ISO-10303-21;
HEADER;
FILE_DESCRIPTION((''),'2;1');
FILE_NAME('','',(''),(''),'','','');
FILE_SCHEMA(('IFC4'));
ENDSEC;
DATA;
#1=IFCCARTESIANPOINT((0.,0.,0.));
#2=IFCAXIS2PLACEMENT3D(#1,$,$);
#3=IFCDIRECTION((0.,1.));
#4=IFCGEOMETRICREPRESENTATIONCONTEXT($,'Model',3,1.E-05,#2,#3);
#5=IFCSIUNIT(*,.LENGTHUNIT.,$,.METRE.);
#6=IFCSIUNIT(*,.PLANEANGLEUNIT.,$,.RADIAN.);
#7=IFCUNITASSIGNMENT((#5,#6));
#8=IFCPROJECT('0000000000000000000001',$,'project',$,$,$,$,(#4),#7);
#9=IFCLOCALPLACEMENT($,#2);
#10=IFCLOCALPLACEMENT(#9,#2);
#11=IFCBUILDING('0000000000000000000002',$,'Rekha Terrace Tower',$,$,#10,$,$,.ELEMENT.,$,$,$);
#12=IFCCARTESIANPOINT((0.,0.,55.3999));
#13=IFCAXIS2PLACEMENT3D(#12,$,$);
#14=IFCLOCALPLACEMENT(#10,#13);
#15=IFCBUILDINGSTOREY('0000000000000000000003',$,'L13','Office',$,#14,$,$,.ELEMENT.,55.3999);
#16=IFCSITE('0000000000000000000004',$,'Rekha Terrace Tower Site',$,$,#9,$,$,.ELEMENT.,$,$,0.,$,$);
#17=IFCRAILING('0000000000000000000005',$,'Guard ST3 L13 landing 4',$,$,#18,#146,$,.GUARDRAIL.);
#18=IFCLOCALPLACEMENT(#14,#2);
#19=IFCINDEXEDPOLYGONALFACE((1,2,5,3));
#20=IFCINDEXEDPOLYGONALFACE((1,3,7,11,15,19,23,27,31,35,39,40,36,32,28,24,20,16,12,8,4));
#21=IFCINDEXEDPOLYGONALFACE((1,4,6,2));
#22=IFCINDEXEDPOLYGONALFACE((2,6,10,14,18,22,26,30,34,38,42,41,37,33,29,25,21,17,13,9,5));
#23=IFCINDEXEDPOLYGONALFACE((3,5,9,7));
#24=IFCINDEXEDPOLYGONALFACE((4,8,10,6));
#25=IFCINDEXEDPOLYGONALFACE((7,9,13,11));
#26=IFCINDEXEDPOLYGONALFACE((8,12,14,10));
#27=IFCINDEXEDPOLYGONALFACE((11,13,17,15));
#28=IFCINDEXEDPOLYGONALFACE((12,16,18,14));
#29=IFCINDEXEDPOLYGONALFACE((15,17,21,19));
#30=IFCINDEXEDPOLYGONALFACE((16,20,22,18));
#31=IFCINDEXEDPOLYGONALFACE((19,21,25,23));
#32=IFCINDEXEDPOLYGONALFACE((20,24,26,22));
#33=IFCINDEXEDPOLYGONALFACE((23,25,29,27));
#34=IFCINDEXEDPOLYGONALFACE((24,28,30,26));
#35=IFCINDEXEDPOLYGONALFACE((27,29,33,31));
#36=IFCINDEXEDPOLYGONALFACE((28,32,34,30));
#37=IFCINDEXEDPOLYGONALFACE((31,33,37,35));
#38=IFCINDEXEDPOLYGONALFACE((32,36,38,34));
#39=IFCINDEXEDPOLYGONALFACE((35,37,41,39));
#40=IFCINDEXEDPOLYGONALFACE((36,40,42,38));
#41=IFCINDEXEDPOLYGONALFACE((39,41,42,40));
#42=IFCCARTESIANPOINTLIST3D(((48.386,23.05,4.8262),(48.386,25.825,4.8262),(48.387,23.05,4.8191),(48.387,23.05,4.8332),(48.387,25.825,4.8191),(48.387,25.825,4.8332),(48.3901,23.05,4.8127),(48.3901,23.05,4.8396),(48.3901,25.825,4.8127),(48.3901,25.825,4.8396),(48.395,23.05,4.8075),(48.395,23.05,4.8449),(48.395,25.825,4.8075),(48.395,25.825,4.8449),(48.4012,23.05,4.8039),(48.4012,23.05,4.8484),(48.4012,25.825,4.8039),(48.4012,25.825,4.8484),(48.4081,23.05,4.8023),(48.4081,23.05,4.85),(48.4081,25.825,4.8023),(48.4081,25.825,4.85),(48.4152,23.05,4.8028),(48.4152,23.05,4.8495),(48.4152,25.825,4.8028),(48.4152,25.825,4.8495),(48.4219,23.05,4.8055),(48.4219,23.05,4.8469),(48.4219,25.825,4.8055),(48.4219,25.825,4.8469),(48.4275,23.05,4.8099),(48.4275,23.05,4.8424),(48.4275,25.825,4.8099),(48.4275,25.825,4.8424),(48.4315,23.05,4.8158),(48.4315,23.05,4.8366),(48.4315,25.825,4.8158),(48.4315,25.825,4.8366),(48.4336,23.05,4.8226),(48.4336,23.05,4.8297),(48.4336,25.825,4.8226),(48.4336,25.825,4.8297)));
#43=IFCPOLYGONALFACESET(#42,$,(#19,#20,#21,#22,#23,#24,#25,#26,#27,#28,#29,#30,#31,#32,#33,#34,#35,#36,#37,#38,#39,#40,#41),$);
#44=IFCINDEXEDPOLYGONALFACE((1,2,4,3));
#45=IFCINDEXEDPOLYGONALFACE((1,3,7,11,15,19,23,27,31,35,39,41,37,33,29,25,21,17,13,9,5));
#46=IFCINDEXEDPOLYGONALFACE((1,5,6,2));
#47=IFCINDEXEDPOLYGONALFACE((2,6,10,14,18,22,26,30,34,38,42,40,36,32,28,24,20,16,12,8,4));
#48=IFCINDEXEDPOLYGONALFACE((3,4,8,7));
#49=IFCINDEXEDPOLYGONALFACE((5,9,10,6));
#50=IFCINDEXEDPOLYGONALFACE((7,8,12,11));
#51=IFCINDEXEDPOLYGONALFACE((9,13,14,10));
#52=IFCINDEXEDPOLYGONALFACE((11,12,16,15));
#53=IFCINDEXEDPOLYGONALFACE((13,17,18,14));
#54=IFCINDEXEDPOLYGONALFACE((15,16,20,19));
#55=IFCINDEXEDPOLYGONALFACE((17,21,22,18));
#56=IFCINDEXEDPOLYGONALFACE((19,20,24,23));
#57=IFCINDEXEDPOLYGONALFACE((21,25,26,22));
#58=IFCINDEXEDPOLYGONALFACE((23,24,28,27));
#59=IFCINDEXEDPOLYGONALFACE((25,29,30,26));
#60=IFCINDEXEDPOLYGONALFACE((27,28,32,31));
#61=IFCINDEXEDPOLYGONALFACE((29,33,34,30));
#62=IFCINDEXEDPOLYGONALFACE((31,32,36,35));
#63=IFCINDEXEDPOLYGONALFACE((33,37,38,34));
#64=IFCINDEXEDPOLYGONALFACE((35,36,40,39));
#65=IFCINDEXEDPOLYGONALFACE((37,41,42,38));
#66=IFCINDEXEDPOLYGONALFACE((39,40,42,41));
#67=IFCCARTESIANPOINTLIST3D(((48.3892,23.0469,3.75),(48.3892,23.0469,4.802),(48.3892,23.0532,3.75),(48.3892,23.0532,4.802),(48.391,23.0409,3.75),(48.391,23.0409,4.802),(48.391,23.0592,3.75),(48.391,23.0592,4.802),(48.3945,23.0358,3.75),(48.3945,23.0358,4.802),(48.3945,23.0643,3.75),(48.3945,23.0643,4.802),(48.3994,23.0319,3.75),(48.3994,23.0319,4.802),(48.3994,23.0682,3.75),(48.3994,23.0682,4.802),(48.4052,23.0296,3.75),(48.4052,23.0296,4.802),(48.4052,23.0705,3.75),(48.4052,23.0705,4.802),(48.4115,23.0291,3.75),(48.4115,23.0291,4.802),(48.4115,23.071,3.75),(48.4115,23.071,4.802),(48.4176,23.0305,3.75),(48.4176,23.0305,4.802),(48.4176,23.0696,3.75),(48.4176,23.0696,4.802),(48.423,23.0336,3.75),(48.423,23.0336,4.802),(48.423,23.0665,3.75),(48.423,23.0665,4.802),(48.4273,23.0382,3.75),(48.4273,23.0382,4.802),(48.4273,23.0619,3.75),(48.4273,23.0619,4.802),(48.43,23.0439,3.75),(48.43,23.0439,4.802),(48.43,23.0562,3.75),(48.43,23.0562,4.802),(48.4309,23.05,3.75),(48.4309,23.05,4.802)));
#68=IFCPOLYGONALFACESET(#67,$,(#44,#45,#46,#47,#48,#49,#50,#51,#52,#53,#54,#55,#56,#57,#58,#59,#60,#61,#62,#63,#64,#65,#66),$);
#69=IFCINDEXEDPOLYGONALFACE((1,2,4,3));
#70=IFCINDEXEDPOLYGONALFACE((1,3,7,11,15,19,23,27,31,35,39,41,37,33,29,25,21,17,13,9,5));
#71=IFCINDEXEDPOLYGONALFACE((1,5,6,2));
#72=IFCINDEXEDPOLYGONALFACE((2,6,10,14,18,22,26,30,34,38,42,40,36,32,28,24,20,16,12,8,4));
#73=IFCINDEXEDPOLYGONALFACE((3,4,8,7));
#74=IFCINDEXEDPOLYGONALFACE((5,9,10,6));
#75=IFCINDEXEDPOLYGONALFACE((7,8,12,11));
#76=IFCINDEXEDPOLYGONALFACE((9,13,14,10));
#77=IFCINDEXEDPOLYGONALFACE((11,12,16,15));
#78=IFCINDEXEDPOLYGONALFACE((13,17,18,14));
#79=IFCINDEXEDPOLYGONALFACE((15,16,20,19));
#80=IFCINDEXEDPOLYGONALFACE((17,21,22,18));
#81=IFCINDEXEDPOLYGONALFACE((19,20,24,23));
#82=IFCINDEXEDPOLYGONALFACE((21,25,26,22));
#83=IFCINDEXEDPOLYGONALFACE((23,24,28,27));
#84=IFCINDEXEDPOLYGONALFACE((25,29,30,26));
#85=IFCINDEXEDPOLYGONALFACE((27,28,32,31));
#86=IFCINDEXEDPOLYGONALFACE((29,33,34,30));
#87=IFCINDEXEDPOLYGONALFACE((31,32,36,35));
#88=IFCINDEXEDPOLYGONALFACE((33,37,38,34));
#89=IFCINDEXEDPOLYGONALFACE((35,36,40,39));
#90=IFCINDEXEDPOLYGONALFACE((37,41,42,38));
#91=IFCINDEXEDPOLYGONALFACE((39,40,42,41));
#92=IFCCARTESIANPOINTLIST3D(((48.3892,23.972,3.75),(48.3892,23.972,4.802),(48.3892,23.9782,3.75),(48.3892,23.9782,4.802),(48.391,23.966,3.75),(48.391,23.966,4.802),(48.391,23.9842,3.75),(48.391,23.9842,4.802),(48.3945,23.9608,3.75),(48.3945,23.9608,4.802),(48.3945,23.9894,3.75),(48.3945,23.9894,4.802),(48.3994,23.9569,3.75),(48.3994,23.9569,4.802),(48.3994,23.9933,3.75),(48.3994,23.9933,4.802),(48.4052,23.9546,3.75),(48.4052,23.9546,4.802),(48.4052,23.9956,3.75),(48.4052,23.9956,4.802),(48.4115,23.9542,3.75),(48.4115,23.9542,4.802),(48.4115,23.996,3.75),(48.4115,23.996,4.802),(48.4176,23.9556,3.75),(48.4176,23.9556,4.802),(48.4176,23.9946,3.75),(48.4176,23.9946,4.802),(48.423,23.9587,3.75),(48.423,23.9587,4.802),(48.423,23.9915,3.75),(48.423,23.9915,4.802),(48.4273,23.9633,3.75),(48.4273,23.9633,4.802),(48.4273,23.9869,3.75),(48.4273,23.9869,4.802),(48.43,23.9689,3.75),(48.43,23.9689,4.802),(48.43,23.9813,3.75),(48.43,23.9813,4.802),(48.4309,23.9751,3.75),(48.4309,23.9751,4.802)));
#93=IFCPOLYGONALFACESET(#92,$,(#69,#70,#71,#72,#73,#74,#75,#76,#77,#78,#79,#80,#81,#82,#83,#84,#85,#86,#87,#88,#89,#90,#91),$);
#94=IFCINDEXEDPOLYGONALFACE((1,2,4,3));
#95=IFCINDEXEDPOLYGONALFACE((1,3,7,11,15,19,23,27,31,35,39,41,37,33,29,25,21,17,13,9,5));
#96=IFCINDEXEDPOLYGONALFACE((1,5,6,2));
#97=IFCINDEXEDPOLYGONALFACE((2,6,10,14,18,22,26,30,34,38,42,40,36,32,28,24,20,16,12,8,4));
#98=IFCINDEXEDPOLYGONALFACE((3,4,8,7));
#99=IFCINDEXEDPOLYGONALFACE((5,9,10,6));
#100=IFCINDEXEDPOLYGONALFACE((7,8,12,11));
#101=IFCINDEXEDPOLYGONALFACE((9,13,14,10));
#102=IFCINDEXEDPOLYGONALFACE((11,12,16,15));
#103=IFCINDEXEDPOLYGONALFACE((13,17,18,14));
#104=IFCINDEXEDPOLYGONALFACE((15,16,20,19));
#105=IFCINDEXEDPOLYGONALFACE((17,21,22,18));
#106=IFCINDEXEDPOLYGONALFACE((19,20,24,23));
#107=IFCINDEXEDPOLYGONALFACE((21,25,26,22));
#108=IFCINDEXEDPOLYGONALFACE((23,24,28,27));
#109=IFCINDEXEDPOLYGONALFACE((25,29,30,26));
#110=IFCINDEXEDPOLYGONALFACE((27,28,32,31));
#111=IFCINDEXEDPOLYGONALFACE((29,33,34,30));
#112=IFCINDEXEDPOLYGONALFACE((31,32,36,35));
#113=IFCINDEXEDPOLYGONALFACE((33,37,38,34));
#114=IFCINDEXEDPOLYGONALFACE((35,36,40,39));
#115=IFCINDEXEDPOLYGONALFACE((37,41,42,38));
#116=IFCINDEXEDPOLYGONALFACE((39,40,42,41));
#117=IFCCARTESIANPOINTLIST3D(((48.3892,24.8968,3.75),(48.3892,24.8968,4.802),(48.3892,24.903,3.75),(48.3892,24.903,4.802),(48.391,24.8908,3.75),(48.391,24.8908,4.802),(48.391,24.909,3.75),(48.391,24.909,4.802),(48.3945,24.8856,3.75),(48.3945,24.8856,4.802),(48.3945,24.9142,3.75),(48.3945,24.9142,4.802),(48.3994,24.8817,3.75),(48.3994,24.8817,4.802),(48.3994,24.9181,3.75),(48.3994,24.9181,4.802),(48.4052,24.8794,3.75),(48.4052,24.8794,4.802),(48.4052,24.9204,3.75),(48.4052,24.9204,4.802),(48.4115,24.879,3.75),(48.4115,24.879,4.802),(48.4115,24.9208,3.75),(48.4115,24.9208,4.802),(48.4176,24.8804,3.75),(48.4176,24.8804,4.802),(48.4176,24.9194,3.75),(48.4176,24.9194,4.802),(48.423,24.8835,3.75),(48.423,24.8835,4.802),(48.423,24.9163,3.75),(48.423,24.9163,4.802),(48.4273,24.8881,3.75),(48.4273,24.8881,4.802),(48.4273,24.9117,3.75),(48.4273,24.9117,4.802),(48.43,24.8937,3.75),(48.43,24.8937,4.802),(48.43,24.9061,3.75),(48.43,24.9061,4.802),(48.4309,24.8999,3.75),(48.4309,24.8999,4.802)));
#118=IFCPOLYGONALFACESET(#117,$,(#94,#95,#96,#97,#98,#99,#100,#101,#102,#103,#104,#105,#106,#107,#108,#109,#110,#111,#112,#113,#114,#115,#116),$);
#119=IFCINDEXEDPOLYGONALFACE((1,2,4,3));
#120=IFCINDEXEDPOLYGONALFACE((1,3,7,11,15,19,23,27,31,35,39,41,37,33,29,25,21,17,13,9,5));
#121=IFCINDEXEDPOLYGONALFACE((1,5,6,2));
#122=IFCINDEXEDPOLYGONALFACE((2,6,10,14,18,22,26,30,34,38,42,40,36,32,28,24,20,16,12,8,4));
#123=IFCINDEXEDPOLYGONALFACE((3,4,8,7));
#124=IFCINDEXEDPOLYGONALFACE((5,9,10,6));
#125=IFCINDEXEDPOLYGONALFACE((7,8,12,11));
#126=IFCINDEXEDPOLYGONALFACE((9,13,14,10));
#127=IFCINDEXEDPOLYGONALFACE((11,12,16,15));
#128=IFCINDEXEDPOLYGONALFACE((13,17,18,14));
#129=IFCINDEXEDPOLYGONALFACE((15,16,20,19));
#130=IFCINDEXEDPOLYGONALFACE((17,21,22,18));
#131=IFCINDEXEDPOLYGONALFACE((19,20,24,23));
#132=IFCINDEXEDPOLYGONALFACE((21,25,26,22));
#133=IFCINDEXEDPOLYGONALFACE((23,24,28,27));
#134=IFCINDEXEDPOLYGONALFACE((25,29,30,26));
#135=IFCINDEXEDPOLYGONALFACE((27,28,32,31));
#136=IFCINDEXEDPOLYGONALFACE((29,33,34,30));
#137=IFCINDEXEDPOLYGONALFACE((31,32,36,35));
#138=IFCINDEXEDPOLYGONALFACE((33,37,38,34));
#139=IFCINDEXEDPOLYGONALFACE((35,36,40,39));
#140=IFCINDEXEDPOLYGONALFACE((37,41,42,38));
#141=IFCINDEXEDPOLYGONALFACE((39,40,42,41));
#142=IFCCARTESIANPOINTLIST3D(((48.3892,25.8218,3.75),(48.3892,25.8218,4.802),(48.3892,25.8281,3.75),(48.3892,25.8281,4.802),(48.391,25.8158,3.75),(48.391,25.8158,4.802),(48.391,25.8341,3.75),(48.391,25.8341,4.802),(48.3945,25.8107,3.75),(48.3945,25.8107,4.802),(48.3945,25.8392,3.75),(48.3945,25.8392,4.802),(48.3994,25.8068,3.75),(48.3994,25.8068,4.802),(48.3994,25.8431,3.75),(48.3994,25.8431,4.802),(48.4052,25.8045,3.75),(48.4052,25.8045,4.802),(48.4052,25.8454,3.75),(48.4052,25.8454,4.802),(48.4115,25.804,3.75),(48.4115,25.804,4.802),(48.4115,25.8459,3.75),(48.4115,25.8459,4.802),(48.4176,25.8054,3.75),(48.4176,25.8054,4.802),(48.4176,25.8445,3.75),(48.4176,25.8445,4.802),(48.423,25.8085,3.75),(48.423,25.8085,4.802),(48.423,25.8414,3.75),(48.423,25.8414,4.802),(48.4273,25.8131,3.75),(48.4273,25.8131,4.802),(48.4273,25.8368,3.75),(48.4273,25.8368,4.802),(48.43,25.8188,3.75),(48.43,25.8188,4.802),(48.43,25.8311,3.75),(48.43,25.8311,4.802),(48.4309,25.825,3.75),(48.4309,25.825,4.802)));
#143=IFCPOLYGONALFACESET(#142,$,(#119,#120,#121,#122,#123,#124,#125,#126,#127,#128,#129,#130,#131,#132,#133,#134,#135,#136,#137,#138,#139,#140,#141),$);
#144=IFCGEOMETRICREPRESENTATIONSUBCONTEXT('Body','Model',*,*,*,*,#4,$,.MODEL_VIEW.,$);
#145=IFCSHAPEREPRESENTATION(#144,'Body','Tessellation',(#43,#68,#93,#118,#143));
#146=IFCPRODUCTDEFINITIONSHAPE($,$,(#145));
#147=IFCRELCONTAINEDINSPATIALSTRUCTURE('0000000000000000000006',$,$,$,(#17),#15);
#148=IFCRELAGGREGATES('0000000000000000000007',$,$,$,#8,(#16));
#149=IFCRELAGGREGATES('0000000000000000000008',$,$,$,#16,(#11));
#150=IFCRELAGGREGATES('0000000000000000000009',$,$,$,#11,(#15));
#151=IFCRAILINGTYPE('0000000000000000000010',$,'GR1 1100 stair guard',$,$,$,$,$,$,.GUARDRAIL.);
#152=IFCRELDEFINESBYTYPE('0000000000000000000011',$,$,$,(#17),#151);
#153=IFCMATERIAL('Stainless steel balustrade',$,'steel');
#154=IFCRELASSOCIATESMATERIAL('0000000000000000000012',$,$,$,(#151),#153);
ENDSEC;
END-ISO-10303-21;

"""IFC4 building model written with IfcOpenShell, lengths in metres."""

from ifc_helpers import new_model, si_unit, direction, frame, origin, origin_2d, place, context, subcontext, project, spatial, circle, extrude, material, type_object, element, save


model = new_model("IFC4")

# Units and contexts
model_context = context("Model", 3, precision=1e-05, world=origin(), true_north=direction((0.0, 1.0)))
body_context = subcontext(model_context, "Body", "Model", "MODEL_VIEW")
ifc_project = project(units=[si_unit("LENGTHUNIT", "METRE"), si_unit("PLANEANGLEUNIT", "RADIAN")], contexts=[model_context])

# Site, building, storey
site_placement = place(None, origin())
site = spatial("IfcSite", under=ifc_project, at=site_placement, Name="Rekha Terrace Tower Site", CompositionType="ELEMENT", RefElevation=0.0)
building_placement = place(site_placement, origin())
building = spatial("IfcBuilding", under=site, at=building_placement, Name="Rekha Terrace Tower", CompositionType="ELEMENT")
storey_placement = place(building_placement, frame((0.0, 0.0, 55.3999)))
storey = spatial("IfcBuildingStorey", under=building, at=storey_placement, Name="L13", Description="Office", CompositionType="ELEMENT", Elevation=55.3999)

# Railing
ifc_material_1 = material(Name="Stainless steel balustrade", Category="steel")
railing_type_1 = type_object("IfcRailingType", Name="GR1 1100 stair guard", PredefinedType="GUARDRAIL", material=ifc_material_1)
railing_1_placement = place(storey_placement, frame((48.4099, 23.05, 3.75)))
element("IfcRailing", 1, at=railing_1_placement, inside=storey, type_object=railing_type_1, Name="Guard ST3 L13 landing 4", PredefinedType="GUARDRAIL", context=body_context, shape_type="SweptSolid", body=[
    extrude(circle(Radius=0.0239, at=origin_2d()), frame((0.0, 0.0, 1.0762), z_axis=(0.0, 1.0, 0.0), x_axis=(-1.0, 0.0, 0.0)), (0.0, 0.0, 1.0), 2.7749),
    extrude(circle(Radius=0.021, at=origin_2d()), origin(), (0.0, 0.0, 1.0), 1.052),
    extrude(circle(Radius=0.021, at=origin_2d()), frame((0.0, 0.925, 0.0)), (0.0, 0.0, 1.0), 1.052),
    extrude(circle(Radius=0.021, at=origin_2d()), frame((0.0, 1.8499, 0.0)), (0.0, 0.0, 1.0), 1.052),
    extrude(circle(Radius=0.021, at=origin_2d()), frame((0.0, 2.7749, 0.0)), (0.0, 0.0, 1.0), 1.052),
])

save(model, "model.ifc")
